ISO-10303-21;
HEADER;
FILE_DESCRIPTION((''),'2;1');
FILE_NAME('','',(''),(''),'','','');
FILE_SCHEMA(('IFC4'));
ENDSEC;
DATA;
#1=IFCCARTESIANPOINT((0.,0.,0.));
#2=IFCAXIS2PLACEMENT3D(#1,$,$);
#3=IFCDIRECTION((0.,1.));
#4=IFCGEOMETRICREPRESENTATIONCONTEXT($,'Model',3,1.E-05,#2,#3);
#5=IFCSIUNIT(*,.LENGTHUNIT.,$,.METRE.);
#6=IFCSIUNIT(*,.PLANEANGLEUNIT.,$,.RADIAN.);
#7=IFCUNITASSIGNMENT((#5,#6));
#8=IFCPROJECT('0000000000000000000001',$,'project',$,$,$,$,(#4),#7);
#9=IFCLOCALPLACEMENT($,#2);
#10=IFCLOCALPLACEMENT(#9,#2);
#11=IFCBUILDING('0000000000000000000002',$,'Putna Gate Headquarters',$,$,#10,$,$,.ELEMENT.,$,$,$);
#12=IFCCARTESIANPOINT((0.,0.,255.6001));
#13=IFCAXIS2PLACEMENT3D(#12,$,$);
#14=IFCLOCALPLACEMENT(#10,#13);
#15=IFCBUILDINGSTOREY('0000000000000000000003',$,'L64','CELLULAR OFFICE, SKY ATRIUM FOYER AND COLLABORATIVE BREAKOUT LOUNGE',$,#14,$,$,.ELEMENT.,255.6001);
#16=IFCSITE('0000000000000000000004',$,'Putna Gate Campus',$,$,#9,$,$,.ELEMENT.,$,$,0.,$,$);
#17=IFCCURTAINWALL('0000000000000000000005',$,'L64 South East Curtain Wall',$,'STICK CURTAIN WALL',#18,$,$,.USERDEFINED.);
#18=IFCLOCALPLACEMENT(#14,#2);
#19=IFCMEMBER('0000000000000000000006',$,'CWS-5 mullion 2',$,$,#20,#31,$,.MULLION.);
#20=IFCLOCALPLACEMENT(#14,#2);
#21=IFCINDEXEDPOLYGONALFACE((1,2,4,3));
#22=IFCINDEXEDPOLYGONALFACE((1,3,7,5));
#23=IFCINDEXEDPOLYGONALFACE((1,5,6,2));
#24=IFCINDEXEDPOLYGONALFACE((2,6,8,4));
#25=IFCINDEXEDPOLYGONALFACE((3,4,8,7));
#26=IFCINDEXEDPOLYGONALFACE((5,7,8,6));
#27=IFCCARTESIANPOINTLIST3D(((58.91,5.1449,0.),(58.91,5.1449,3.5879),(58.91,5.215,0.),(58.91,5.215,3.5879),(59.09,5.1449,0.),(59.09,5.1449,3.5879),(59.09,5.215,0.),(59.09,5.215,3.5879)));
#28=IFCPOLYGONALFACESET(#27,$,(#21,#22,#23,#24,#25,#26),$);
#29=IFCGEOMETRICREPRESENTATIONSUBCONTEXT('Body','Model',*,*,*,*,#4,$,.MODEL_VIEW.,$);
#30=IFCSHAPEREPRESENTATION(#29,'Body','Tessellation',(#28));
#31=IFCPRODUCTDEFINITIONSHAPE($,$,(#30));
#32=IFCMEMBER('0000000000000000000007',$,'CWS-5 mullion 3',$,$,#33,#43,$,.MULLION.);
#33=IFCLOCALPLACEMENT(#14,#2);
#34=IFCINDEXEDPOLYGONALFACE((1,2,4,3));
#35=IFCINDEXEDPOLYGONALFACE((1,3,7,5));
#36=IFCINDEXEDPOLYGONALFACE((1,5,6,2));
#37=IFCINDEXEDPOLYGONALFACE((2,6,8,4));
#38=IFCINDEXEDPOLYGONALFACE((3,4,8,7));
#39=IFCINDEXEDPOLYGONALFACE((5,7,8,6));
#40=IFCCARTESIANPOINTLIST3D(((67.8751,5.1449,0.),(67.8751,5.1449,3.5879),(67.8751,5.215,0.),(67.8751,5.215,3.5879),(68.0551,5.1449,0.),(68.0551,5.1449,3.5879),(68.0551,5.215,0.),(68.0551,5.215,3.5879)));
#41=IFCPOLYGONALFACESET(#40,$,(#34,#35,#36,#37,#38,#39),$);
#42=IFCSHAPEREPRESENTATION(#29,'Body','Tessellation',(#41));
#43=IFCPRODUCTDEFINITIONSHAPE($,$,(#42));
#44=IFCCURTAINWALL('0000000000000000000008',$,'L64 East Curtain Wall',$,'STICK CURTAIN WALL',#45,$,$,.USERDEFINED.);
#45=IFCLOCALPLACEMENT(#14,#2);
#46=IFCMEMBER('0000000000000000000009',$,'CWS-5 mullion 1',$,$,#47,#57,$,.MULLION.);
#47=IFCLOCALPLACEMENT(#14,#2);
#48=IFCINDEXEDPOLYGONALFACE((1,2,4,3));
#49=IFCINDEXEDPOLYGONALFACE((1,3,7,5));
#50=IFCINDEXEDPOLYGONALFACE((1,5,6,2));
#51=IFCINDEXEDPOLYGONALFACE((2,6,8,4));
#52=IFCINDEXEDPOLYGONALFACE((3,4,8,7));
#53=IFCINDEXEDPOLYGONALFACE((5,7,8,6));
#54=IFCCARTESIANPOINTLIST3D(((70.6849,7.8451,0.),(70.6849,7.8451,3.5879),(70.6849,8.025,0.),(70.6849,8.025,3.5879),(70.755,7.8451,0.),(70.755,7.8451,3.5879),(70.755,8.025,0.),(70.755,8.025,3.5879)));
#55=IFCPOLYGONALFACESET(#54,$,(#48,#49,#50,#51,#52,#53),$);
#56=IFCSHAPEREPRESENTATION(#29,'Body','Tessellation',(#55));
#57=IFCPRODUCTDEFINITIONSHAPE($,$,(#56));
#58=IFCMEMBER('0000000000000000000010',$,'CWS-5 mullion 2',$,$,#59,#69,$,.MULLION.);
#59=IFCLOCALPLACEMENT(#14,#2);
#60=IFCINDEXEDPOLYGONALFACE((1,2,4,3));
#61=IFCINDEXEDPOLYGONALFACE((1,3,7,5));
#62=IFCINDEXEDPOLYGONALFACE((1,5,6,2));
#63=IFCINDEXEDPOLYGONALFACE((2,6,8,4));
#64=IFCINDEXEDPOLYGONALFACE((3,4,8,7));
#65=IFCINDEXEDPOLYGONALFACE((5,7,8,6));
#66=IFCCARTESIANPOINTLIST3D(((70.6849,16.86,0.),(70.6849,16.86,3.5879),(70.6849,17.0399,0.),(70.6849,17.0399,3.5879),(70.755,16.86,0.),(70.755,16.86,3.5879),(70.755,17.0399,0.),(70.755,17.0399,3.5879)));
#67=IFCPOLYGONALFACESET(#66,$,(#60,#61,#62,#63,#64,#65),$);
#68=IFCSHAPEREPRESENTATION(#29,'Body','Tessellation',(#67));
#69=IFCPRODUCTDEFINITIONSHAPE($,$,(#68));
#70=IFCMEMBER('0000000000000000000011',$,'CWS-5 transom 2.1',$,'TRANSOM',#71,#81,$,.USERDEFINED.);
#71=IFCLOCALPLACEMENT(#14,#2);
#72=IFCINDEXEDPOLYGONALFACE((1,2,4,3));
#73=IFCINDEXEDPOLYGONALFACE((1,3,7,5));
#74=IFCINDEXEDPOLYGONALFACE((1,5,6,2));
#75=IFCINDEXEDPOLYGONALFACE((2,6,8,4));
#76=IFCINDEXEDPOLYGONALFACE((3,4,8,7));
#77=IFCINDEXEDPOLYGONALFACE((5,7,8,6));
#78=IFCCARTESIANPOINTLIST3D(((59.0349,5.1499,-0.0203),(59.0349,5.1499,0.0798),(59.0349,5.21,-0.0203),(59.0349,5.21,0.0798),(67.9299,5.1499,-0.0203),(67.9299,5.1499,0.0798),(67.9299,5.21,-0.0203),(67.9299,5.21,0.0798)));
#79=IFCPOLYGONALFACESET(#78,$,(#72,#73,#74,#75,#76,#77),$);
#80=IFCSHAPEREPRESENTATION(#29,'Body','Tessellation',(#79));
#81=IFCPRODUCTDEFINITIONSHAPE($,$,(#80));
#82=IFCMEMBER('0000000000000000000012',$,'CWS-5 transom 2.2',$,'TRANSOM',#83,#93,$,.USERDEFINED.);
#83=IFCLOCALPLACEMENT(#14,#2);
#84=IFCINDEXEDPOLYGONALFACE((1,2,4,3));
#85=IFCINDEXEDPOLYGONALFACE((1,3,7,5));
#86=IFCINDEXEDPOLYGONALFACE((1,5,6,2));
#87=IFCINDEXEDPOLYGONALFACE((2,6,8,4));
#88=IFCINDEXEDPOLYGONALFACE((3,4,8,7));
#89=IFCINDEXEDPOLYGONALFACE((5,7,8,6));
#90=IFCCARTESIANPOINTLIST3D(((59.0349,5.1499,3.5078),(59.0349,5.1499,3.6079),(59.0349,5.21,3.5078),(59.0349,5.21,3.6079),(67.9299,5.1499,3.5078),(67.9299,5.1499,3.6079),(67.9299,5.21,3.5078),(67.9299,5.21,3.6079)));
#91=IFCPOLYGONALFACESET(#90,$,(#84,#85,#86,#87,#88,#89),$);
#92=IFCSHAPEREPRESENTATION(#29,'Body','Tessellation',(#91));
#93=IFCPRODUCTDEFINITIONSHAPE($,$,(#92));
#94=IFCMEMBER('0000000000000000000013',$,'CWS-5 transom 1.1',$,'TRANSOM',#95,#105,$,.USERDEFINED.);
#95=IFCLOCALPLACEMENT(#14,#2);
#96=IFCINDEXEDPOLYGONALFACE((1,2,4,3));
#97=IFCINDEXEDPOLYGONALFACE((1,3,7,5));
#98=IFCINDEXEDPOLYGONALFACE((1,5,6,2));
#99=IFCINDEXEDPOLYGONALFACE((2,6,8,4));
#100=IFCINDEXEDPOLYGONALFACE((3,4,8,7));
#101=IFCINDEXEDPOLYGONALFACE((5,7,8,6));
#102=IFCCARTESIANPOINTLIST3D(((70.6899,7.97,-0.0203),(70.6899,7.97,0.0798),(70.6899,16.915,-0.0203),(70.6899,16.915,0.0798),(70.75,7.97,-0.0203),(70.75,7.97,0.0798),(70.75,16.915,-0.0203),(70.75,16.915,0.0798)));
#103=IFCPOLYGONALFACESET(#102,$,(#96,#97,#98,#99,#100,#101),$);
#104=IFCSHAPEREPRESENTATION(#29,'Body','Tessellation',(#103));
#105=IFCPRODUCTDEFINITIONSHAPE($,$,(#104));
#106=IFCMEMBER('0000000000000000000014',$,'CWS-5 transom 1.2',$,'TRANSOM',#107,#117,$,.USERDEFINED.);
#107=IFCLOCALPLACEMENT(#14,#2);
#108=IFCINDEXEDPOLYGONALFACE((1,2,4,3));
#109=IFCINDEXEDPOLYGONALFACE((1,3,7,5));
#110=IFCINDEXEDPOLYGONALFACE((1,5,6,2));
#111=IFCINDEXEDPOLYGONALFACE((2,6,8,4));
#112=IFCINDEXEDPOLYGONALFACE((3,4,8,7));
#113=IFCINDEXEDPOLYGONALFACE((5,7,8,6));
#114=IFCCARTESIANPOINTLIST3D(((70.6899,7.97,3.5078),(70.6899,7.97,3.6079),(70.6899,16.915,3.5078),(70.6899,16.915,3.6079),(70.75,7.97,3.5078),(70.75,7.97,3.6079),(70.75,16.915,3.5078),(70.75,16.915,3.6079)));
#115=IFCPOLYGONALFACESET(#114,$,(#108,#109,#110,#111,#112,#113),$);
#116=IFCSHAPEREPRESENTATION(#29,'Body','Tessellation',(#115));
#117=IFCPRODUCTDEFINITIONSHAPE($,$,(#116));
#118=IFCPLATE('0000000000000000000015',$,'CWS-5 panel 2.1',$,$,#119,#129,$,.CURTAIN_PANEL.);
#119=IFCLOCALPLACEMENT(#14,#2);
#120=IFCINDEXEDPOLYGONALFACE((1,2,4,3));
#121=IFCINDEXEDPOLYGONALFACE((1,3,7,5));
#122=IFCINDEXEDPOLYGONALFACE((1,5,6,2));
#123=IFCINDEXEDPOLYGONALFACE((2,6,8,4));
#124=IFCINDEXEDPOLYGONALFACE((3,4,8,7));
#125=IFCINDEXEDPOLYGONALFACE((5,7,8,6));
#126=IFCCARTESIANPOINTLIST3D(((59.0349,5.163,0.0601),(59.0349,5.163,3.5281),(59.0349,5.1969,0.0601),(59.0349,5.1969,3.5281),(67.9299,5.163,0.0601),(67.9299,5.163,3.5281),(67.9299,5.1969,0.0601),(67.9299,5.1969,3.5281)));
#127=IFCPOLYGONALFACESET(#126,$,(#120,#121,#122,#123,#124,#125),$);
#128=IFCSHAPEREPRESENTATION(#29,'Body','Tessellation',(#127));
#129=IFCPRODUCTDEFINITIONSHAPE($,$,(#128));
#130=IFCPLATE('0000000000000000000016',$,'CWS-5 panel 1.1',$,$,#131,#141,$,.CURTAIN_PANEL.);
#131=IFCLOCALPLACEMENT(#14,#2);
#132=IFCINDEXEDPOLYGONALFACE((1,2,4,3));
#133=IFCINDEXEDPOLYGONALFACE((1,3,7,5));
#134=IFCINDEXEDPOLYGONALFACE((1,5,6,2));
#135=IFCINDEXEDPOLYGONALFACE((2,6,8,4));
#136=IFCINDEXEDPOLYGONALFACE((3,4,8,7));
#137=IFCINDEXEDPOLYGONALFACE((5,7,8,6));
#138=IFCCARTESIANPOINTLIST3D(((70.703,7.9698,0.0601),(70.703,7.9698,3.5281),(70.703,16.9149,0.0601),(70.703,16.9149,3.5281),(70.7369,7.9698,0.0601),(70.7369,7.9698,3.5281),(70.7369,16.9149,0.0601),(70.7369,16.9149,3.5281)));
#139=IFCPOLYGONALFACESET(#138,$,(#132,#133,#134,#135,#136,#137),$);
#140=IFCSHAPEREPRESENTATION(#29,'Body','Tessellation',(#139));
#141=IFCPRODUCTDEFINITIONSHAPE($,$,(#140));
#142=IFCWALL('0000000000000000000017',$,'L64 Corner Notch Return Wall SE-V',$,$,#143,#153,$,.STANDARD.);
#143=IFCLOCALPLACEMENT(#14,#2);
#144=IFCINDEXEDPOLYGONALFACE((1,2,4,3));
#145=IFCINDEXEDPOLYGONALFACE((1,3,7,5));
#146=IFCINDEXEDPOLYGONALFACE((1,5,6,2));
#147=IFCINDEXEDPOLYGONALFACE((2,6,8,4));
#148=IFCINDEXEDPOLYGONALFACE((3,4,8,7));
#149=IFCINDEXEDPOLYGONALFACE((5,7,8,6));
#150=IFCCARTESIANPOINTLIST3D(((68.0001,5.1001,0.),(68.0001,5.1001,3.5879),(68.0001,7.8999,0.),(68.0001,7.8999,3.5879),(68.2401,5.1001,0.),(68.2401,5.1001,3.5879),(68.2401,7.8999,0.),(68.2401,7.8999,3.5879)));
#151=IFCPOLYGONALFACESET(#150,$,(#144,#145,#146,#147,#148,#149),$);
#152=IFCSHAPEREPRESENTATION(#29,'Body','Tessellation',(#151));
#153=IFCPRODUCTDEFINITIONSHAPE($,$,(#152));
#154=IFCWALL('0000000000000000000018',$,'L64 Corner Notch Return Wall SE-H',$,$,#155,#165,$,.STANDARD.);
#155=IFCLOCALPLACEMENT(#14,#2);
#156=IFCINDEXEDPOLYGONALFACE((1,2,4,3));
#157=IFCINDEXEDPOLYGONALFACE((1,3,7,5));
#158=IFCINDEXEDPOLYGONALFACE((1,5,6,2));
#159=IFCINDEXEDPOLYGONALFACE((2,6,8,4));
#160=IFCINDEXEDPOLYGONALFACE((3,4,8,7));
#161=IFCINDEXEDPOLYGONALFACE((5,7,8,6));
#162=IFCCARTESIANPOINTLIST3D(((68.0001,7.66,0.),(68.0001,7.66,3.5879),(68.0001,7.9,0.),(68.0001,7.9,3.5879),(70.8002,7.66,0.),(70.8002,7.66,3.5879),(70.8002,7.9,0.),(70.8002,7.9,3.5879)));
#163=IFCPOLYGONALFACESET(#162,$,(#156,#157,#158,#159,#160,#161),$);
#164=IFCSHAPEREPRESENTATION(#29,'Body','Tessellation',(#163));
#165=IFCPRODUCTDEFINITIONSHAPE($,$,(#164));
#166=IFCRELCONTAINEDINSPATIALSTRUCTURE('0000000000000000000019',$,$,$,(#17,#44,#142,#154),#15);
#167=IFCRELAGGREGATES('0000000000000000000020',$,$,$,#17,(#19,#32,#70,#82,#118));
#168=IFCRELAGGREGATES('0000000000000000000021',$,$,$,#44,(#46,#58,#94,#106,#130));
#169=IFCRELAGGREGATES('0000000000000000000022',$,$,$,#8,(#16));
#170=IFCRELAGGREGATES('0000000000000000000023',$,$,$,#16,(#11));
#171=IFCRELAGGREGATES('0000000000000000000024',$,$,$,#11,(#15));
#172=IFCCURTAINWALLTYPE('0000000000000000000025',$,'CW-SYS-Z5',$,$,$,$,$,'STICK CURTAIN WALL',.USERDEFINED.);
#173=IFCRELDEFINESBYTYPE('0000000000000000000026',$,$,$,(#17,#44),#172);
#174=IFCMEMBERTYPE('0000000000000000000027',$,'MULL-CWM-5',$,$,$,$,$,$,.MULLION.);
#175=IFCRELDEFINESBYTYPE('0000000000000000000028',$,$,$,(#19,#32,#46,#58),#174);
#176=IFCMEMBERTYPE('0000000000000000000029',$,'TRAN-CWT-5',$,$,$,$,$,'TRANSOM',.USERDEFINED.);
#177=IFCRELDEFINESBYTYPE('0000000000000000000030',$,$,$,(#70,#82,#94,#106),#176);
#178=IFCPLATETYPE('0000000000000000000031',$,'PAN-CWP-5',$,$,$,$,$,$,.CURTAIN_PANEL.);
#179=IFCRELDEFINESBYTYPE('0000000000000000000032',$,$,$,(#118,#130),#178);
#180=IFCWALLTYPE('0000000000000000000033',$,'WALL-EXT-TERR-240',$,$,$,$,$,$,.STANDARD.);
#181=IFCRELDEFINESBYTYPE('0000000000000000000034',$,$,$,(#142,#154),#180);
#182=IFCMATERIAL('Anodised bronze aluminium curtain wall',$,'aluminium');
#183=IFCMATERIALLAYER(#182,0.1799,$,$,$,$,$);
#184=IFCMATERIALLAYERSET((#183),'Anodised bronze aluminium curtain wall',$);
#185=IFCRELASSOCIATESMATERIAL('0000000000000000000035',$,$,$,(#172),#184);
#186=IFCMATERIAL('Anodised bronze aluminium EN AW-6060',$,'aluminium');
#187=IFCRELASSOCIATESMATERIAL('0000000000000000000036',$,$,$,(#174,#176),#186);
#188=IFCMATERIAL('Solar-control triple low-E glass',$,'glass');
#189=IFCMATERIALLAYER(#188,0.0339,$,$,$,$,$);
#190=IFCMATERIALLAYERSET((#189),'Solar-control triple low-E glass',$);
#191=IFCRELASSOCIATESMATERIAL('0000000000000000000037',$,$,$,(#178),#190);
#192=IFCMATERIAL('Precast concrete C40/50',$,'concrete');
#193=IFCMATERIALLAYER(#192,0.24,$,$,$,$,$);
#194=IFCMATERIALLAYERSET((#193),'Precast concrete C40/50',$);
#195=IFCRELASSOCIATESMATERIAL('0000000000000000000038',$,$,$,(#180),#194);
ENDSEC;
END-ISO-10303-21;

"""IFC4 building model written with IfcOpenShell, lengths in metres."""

from ifc_helpers import new_model, si_unit, direction, frame, frame_2d, origin, origin_2d, place, context, subcontext, project, spatial, rectangle, extrude, material, layer, layer_set, material_profile, profile_set, type_object, element, aggregate, save


model = new_model("IFC4")

# Units and contexts
model_context = context("Model", 3, precision=1e-05, world=origin(), true_north=direction((0.0, 1.0)))
body_context = subcontext(model_context, "Body", "Model", "MODEL_VIEW")
ifc_project = project(units=[si_unit("LENGTHUNIT", "METRE"), si_unit("PLANEANGLEUNIT", "RADIAN")], contexts=[model_context])

# Site, building, storey
site_placement = place(None, origin())
site = spatial("IfcSite", under=ifc_project, at=site_placement, Name="Putna Gate Campus", CompositionType="ELEMENT", RefElevation=0.0)
building_placement = place(site_placement, origin())
building = spatial("IfcBuilding", under=site, at=building_placement, Name="Putna Gate Headquarters", CompositionType="ELEMENT")
storey_placement = place(building_placement, frame((0.0, 0.0, 255.6001)))
storey = spatial("IfcBuildingStorey", under=building, at=storey_placement, Name="L64", Description="CELLULAR OFFICE, SKY ATRIUM FOYER AND COLLABORATIVE BREAKOUT LOUNGE", CompositionType="ELEMENT", Elevation=255.6001)

# Curtain walls, members
ifc_material_1 = material(Name="Anodised bronze aluminium curtain wall", Category="aluminium")
ifc_layer_1 = layer(ifc_material_1, 0.1799)
ifc_layer_set_1 = layer_set([ifc_layer_1], Name="Anodised bronze aluminium curtain wall")
curtain_wall_type = type_object("IfcCurtainWallType", Name="CW-SYS-Z5", ElementType="STICK CURTAIN WALL", PredefinedType="USERDEFINED", material=ifc_layer_set_1)
curtain_wall_1_placement = place(storey_placement, origin())
curtain_wall_1 = element("IfcCurtainWall", 1, at=curtain_wall_1_placement, inside=storey, type_object=curtain_wall_type, Name="L64 South East Curtain Wall", ObjectType="STICK CURTAIN WALL", PredefinedType="USERDEFINED")
ifc_material_2 = material(Name="Anodised bronze aluminium EN AW-6060", Category="aluminium")
ifc_material_profile_1 = material_profile(ifc_material_2, rectangle(XDim=0.0701, YDim=0.1799, at=origin_2d()), Name="Anodised bronze aluminium EN AW-6060")
ifc_profile_set_1 = profile_set([ifc_material_profile_1], Name="Anodised bronze aluminium EN AW-6060")
member_type_1 = type_object("IfcMemberType", Name="MULL-CWM-5", PredefinedType="MULLION", material=ifc_profile_set_1)
member_1_placement = place(storey_placement, frame((59.0, 5.1799, 0.0), z_axis=(0.0, 0.0, 1.0), x_axis=(0.0, 1.0, 0.0)))
member_1 = element("IfcMember", 2, at=member_1_placement, type_object=member_type_1, Name="CWS-5 mullion 2", PredefinedType="MULLION", context=body_context, shape_type="SweptSolid", body=[
    extrude(rectangle(XDim=0.0701, YDim=0.1799, at=origin_2d()), origin(), (0.0, 0.0, 1.0), 3.5879),
])
member_2_placement = place(storey_placement, frame((67.9651, 5.1799, 0.0), z_axis=(0.0, 0.0, 1.0), x_axis=(0.0, 1.0, 0.0)))
member_2 = element("IfcMember", 3, at=member_2_placement, type_object=member_type_1, Name="CWS-5 mullion 3", PredefinedType="MULLION", context=body_context, shape_type="SweptSolid", body=[
    extrude(rectangle(XDim=0.0701, YDim=0.1799, at=origin_2d()), origin(), (0.0, 0.0, 1.0), 3.5879),
])
curtain_wall_2_placement = place(storey_placement, origin())
curtain_wall_2 = element("IfcCurtainWall", 4, at=curtain_wall_2_placement, inside=storey, type_object=curtain_wall_type, Name="L64 East Curtain Wall", ObjectType="STICK CURTAIN WALL", PredefinedType="USERDEFINED")
member_3_placement = place(storey_placement, frame((70.72, 7.9351, 0.0), z_axis=(0.0, 0.0, 1.0), x_axis=(-1.0, 0.0, 0.0)))
member_3 = element("IfcMember", 5, at=member_3_placement, type_object=member_type_1, Name="CWS-5 mullion 1", PredefinedType="MULLION", context=body_context, shape_type="SweptSolid", body=[
    extrude(rectangle(XDim=0.0701, YDim=0.1799, at=origin_2d()), origin(), (0.0, 0.0, 1.0), 3.5879),
])
member_4_placement = place(storey_placement, frame((70.72, 16.95, 0.0), z_axis=(0.0, 0.0, 1.0), x_axis=(-1.0, 0.0, 0.0)))
member_4 = element("IfcMember", 6, at=member_4_placement, type_object=member_type_1, Name="CWS-5 mullion 2", PredefinedType="MULLION", context=body_context, shape_type="SweptSolid", body=[
    extrude(rectangle(XDim=0.0701, YDim=0.1799, at=origin_2d()), origin(), (0.0, 0.0, 1.0), 3.5879),
])

# Members
ifc_material_profile_2 = material_profile(ifc_material_2, rectangle(XDim=0.0601, YDim=0.1001, at=origin_2d()), Name="Anodised bronze aluminium EN AW-6060")
ifc_profile_set_2 = profile_set([ifc_material_profile_2], Name="Anodised bronze aluminium EN AW-6060")
member_type_2 = type_object("IfcMemberType", Name="TRAN-CWT-5", ElementType="TRANSOM", PredefinedType="USERDEFINED", material=ifc_profile_set_2)
member_5_placement = place(storey_placement, frame((59.0349, 5.1799, 0.0298), z_axis=(1.0, 0.0, 0.0), x_axis=(0.0, 1.0, 0.0)))
member_5 = element("IfcMember", 7, at=member_5_placement, type_object=member_type_2, Name="CWS-5 transom 2.1", ObjectType="TRANSOM", PredefinedType="USERDEFINED", context=body_context, shape_type="SweptSolid", body=[
    extrude(rectangle(XDim=0.0601, YDim=0.1001, at=origin_2d()), origin(), (0.0, 0.0, 1.0), 8.895),
])
member_6_placement = place(storey_placement, frame((59.0349, 5.1799, 3.5579), z_axis=(1.0, 0.0, 0.0), x_axis=(0.0, 1.0, 0.0)))
member_6 = element("IfcMember", 8, at=member_6_placement, type_object=member_type_2, Name="CWS-5 transom 2.2", ObjectType="TRANSOM", PredefinedType="USERDEFINED", context=body_context, shape_type="SweptSolid", body=[
    extrude(rectangle(XDim=0.0601, YDim=0.1001, at=origin_2d()), origin(), (0.0, 0.0, 1.0), 8.895),
])
member_7_placement = place(storey_placement, frame((70.72, 7.97, 0.0298), z_axis=(0.0, 1.0, 0.0), x_axis=(-1.0, 0.0, 0.0)))
member_7 = element("IfcMember", 9, at=member_7_placement, type_object=member_type_2, Name="CWS-5 transom 1.1", ObjectType="TRANSOM", PredefinedType="USERDEFINED", context=body_context, shape_type="SweptSolid", body=[
    extrude(rectangle(XDim=0.0601, YDim=0.1001, at=origin_2d()), origin(), (0.0, 0.0, 1.0), 8.9451),
])
member_8_placement = place(storey_placement, frame((70.72, 7.97, 3.5579), z_axis=(0.0, 1.0, 0.0), x_axis=(-1.0, 0.0, 0.0)))
member_8 = element("IfcMember", 10, at=member_8_placement, type_object=member_type_2, Name="CWS-5 transom 1.2", ObjectType="TRANSOM", PredefinedType="USERDEFINED", context=body_context, shape_type="SweptSolid", body=[
    extrude(rectangle(XDim=0.0601, YDim=0.1001, at=origin_2d()), origin(), (0.0, 0.0, 1.0), 8.9451),
])

# Plates
ifc_material_3 = material(Name="Solar-control triple low-E glass", Category="glass")
ifc_layer_2 = layer(ifc_material_3, 0.0339)
ifc_layer_set_2 = layer_set([ifc_layer_2], Name="Solar-control triple low-E glass")
plate_type = type_object("IfcPlateType", Name="PAN-CWP-5", PredefinedType="CURTAIN_PANEL", material=ifc_layer_set_2)
plate_1_placement = place(storey_placement, frame((63.4824, 5.1799, 0.0601), z_axis=(0.0, 0.0, 1.0), x_axis=(1.0, 0.0, 0.0)))
plate_1 = element("IfcPlate", 11, at=plate_1_placement, type_object=plate_type, Name="CWS-5 panel 2.1", PredefinedType="CURTAIN_PANEL", context=body_context, shape_type="SweptSolid", body=[
    extrude(rectangle(XDim=8.895, YDim=0.0339, at=origin_2d()), origin(), (0.0, 0.0, 1.0), 3.468),
])
aggregate(curtain_wall_1, [member_1, member_2, member_5, member_6, plate_1])
plate_2_placement = place(storey_placement, frame((70.72, 12.4424, 0.0601), z_axis=(0.0, 0.0, 1.0), x_axis=(0.0, 1.0, 0.0)))
plate_2 = element("IfcPlate", 12, at=plate_2_placement, type_object=plate_type, Name="CWS-5 panel 1.1", PredefinedType="CURTAIN_PANEL", context=body_context, shape_type="SweptSolid", body=[
    extrude(rectangle(XDim=8.9451, YDim=0.0339, at=origin_2d()), origin(), (0.0, 0.0, 1.0), 3.468),
])
aggregate(curtain_wall_2, [member_3, member_4, member_7, member_8, plate_2])

# Walls
ifc_material_4 = material(Name="Precast concrete C40/50", Category="concrete")
ifc_layer_3 = layer(ifc_material_4, 0.24)
ifc_layer_set_3 = layer_set([ifc_layer_3], Name="Precast concrete C40/50")
wall_type_1 = type_object("IfcWallType", Name="WALL-EXT-TERR-240", PredefinedType="STANDARD", material=ifc_layer_set_3)
wall_1_placement = place(storey_placement, frame((68.1201, 7.8999, 0.0), z_axis=(0.0, 0.0, 1.0), x_axis=(0.0, -1.0, 0.0)))
element("IfcWall", 13, at=wall_1_placement, inside=storey, type_object=wall_type_1, Name="L64 Corner Notch Return Wall SE-V", PredefinedType="STANDARD", context=body_context, shape_type="SweptSolid", body=[
    extrude(rectangle(XDim=2.7998, YDim=0.24, at=frame_2d((1.3999, 0.0))), origin(), (0.0, 0.0, 1.0), 3.5879),
])
wall_2_placement = place(storey_placement, frame((70.8, 7.78, 0.0), z_axis=(0.0, 0.0, 1.0), x_axis=(-1.0, 0.0, 0.0)))
element("IfcWall", 14, at=wall_2_placement, inside=storey, type_object=wall_type_1, Name="L64 Corner Notch Return Wall SE-H", PredefinedType="STANDARD", context=body_context, shape_type="SweptSolid", body=[
    extrude(rectangle(XDim=2.8, YDim=0.24, at=frame_2d((1.3999, 0.0))), origin(), (0.0, 0.0, 1.0), 3.5879),
])

save(model, "model.ifc")
